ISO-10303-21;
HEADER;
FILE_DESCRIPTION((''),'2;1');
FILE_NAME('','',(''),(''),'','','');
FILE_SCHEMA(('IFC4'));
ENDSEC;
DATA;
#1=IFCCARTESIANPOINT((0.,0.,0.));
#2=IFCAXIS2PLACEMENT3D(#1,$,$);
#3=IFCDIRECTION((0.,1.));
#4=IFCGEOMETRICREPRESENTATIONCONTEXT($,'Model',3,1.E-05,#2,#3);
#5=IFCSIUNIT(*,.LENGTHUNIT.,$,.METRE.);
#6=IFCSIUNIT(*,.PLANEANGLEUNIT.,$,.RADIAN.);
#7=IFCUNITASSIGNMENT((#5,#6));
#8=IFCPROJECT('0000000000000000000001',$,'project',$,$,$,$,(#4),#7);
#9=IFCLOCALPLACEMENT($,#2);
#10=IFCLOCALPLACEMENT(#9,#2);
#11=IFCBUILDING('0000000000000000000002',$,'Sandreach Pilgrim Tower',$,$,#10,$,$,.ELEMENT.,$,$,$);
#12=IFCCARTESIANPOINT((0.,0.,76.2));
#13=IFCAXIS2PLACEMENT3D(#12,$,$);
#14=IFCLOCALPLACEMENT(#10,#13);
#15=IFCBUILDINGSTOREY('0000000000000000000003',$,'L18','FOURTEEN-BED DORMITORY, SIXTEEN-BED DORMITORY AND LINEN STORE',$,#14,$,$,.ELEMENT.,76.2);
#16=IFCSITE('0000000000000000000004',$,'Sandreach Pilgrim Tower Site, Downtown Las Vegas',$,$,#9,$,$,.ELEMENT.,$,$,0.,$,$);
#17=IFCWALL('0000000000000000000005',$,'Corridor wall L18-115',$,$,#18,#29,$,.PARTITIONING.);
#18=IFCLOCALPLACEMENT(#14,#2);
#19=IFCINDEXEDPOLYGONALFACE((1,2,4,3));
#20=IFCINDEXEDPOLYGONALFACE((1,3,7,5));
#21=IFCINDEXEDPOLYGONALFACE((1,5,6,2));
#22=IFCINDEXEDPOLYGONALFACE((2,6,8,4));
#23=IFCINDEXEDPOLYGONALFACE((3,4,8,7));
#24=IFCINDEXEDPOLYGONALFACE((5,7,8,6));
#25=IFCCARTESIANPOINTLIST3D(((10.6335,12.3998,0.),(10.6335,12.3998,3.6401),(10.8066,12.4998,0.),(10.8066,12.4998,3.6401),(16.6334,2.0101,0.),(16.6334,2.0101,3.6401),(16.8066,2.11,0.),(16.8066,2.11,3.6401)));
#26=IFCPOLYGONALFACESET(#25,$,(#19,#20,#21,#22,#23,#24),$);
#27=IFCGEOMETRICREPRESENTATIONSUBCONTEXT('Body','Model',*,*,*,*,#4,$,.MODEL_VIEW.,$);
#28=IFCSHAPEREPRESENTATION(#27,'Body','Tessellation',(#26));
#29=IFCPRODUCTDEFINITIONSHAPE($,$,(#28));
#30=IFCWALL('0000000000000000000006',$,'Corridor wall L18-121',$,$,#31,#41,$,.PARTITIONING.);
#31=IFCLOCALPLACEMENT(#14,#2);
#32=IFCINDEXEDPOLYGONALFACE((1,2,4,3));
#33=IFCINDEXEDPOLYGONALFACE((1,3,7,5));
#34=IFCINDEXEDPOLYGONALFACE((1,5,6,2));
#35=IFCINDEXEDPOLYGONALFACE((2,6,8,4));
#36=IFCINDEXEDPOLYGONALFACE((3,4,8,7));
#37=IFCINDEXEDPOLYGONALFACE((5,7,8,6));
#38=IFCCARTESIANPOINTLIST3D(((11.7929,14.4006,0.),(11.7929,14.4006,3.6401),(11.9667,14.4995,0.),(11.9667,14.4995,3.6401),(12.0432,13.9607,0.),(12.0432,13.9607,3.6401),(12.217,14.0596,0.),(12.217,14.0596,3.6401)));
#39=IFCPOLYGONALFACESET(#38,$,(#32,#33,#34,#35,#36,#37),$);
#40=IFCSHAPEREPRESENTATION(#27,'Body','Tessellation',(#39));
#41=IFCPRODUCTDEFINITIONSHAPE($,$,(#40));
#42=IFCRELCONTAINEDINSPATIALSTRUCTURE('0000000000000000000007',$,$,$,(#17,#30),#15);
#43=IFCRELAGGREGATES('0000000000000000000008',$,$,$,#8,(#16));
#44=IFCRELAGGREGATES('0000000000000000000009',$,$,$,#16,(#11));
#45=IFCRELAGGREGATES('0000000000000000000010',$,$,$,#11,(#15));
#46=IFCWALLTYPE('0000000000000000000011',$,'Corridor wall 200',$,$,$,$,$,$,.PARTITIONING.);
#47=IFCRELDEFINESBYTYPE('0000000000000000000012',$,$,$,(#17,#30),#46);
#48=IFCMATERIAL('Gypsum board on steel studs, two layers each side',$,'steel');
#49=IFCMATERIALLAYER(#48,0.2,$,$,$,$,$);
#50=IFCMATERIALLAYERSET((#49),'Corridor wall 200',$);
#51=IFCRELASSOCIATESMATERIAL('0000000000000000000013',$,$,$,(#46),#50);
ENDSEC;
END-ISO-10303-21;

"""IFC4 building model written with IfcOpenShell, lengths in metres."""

from ifc_helpers import new_model, si_unit, direction, frame, frame_2d, origin, place, context, subcontext, project, spatial, rectangle, extrude, material, layer, layer_set, type_object, element, save


model = new_model("IFC4")

# Units and contexts
model_context = context("Model", 3, precision=1e-05, world=origin(), true_north=direction((0.0, 1.0)))
body_context = subcontext(model_context, "Body", "Model", "MODEL_VIEW")
ifc_project = project(units=[si_unit("LENGTHUNIT", "METRE"), si_unit("PLANEANGLEUNIT", "RADIAN")], contexts=[model_context])

# Site, building, storey
site_placement = place(None, origin())
site = spatial("IfcSite", under=ifc_project, at=site_placement, Name="Sandreach Pilgrim Tower Site, Downtown Las Vegas", CompositionType="ELEMENT", RefElevation=0.0)
building_placement = place(site_placement, origin())
building = spatial("IfcBuilding", under=site, at=building_placement, Name="Sandreach Pilgrim Tower", CompositionType="ELEMENT")
storey_placement = place(building_placement, frame((0.0, 0.0, 76.2)))
storey = spatial("IfcBuildingStorey", under=building, at=storey_placement, Name="L18", Description="FOURTEEN-BED DORMITORY, SIXTEEN-BED DORMITORY AND LINEN STORE", CompositionType="ELEMENT", Elevation=76.2)

# Shared definitions
ifc_material_1 = material(Name="Gypsum board on steel studs, two layers each side", Category="steel")
ifc_layer_1 = layer(ifc_material_1, 0.2)
ifc_layer_set_1 = layer_set([ifc_layer_1], Name="Corridor wall 200")
wall_type_1 = type_object("IfcWallType", Name="Corridor wall 200", PredefinedType="PARTITIONING", material=ifc_layer_set_1)

# Wall
wall_1_placement = place(storey_placement, frame((10.72, 12.45, 0.0), z_axis=(0.0, 0.0, 1.0), x_axis=(0.500087, -0.865975, 0.0)))
element("IfcWall", 1, at=wall_1_placement, inside=storey, type_object=wall_type_1, Name="Corridor wall L18-115", PredefinedType="PARTITIONING", context=body_context, shape_type="SweptSolid", body=[
    extrude(rectangle(XDim=11.9978, YDim=0.2, at=frame_2d((5.999, 0.0))), origin(), (0.0, 0.0, 1.0), 3.6401),
])

# Wall
wall_2_placement = place(storey_placement, frame((11.8799, 14.45, 0.0), z_axis=(0.0, 0.0, 1.0), x_axis=(0.494424, -0.869221, 0.0)))
element("IfcWall", 2, at=wall_2_placement, inside=storey, type_object=wall_type_1, Name="Corridor wall L18-121", PredefinedType="PARTITIONING", context=body_context, shape_type="SweptSolid", body=[
    extrude(rectangle(XDim=0.5061, YDim=0.2, at=frame_2d((0.2529, 0.0))), origin(), (0.0, 0.0, 1.0), 3.6401),
])

save(model, "model.ifc")
